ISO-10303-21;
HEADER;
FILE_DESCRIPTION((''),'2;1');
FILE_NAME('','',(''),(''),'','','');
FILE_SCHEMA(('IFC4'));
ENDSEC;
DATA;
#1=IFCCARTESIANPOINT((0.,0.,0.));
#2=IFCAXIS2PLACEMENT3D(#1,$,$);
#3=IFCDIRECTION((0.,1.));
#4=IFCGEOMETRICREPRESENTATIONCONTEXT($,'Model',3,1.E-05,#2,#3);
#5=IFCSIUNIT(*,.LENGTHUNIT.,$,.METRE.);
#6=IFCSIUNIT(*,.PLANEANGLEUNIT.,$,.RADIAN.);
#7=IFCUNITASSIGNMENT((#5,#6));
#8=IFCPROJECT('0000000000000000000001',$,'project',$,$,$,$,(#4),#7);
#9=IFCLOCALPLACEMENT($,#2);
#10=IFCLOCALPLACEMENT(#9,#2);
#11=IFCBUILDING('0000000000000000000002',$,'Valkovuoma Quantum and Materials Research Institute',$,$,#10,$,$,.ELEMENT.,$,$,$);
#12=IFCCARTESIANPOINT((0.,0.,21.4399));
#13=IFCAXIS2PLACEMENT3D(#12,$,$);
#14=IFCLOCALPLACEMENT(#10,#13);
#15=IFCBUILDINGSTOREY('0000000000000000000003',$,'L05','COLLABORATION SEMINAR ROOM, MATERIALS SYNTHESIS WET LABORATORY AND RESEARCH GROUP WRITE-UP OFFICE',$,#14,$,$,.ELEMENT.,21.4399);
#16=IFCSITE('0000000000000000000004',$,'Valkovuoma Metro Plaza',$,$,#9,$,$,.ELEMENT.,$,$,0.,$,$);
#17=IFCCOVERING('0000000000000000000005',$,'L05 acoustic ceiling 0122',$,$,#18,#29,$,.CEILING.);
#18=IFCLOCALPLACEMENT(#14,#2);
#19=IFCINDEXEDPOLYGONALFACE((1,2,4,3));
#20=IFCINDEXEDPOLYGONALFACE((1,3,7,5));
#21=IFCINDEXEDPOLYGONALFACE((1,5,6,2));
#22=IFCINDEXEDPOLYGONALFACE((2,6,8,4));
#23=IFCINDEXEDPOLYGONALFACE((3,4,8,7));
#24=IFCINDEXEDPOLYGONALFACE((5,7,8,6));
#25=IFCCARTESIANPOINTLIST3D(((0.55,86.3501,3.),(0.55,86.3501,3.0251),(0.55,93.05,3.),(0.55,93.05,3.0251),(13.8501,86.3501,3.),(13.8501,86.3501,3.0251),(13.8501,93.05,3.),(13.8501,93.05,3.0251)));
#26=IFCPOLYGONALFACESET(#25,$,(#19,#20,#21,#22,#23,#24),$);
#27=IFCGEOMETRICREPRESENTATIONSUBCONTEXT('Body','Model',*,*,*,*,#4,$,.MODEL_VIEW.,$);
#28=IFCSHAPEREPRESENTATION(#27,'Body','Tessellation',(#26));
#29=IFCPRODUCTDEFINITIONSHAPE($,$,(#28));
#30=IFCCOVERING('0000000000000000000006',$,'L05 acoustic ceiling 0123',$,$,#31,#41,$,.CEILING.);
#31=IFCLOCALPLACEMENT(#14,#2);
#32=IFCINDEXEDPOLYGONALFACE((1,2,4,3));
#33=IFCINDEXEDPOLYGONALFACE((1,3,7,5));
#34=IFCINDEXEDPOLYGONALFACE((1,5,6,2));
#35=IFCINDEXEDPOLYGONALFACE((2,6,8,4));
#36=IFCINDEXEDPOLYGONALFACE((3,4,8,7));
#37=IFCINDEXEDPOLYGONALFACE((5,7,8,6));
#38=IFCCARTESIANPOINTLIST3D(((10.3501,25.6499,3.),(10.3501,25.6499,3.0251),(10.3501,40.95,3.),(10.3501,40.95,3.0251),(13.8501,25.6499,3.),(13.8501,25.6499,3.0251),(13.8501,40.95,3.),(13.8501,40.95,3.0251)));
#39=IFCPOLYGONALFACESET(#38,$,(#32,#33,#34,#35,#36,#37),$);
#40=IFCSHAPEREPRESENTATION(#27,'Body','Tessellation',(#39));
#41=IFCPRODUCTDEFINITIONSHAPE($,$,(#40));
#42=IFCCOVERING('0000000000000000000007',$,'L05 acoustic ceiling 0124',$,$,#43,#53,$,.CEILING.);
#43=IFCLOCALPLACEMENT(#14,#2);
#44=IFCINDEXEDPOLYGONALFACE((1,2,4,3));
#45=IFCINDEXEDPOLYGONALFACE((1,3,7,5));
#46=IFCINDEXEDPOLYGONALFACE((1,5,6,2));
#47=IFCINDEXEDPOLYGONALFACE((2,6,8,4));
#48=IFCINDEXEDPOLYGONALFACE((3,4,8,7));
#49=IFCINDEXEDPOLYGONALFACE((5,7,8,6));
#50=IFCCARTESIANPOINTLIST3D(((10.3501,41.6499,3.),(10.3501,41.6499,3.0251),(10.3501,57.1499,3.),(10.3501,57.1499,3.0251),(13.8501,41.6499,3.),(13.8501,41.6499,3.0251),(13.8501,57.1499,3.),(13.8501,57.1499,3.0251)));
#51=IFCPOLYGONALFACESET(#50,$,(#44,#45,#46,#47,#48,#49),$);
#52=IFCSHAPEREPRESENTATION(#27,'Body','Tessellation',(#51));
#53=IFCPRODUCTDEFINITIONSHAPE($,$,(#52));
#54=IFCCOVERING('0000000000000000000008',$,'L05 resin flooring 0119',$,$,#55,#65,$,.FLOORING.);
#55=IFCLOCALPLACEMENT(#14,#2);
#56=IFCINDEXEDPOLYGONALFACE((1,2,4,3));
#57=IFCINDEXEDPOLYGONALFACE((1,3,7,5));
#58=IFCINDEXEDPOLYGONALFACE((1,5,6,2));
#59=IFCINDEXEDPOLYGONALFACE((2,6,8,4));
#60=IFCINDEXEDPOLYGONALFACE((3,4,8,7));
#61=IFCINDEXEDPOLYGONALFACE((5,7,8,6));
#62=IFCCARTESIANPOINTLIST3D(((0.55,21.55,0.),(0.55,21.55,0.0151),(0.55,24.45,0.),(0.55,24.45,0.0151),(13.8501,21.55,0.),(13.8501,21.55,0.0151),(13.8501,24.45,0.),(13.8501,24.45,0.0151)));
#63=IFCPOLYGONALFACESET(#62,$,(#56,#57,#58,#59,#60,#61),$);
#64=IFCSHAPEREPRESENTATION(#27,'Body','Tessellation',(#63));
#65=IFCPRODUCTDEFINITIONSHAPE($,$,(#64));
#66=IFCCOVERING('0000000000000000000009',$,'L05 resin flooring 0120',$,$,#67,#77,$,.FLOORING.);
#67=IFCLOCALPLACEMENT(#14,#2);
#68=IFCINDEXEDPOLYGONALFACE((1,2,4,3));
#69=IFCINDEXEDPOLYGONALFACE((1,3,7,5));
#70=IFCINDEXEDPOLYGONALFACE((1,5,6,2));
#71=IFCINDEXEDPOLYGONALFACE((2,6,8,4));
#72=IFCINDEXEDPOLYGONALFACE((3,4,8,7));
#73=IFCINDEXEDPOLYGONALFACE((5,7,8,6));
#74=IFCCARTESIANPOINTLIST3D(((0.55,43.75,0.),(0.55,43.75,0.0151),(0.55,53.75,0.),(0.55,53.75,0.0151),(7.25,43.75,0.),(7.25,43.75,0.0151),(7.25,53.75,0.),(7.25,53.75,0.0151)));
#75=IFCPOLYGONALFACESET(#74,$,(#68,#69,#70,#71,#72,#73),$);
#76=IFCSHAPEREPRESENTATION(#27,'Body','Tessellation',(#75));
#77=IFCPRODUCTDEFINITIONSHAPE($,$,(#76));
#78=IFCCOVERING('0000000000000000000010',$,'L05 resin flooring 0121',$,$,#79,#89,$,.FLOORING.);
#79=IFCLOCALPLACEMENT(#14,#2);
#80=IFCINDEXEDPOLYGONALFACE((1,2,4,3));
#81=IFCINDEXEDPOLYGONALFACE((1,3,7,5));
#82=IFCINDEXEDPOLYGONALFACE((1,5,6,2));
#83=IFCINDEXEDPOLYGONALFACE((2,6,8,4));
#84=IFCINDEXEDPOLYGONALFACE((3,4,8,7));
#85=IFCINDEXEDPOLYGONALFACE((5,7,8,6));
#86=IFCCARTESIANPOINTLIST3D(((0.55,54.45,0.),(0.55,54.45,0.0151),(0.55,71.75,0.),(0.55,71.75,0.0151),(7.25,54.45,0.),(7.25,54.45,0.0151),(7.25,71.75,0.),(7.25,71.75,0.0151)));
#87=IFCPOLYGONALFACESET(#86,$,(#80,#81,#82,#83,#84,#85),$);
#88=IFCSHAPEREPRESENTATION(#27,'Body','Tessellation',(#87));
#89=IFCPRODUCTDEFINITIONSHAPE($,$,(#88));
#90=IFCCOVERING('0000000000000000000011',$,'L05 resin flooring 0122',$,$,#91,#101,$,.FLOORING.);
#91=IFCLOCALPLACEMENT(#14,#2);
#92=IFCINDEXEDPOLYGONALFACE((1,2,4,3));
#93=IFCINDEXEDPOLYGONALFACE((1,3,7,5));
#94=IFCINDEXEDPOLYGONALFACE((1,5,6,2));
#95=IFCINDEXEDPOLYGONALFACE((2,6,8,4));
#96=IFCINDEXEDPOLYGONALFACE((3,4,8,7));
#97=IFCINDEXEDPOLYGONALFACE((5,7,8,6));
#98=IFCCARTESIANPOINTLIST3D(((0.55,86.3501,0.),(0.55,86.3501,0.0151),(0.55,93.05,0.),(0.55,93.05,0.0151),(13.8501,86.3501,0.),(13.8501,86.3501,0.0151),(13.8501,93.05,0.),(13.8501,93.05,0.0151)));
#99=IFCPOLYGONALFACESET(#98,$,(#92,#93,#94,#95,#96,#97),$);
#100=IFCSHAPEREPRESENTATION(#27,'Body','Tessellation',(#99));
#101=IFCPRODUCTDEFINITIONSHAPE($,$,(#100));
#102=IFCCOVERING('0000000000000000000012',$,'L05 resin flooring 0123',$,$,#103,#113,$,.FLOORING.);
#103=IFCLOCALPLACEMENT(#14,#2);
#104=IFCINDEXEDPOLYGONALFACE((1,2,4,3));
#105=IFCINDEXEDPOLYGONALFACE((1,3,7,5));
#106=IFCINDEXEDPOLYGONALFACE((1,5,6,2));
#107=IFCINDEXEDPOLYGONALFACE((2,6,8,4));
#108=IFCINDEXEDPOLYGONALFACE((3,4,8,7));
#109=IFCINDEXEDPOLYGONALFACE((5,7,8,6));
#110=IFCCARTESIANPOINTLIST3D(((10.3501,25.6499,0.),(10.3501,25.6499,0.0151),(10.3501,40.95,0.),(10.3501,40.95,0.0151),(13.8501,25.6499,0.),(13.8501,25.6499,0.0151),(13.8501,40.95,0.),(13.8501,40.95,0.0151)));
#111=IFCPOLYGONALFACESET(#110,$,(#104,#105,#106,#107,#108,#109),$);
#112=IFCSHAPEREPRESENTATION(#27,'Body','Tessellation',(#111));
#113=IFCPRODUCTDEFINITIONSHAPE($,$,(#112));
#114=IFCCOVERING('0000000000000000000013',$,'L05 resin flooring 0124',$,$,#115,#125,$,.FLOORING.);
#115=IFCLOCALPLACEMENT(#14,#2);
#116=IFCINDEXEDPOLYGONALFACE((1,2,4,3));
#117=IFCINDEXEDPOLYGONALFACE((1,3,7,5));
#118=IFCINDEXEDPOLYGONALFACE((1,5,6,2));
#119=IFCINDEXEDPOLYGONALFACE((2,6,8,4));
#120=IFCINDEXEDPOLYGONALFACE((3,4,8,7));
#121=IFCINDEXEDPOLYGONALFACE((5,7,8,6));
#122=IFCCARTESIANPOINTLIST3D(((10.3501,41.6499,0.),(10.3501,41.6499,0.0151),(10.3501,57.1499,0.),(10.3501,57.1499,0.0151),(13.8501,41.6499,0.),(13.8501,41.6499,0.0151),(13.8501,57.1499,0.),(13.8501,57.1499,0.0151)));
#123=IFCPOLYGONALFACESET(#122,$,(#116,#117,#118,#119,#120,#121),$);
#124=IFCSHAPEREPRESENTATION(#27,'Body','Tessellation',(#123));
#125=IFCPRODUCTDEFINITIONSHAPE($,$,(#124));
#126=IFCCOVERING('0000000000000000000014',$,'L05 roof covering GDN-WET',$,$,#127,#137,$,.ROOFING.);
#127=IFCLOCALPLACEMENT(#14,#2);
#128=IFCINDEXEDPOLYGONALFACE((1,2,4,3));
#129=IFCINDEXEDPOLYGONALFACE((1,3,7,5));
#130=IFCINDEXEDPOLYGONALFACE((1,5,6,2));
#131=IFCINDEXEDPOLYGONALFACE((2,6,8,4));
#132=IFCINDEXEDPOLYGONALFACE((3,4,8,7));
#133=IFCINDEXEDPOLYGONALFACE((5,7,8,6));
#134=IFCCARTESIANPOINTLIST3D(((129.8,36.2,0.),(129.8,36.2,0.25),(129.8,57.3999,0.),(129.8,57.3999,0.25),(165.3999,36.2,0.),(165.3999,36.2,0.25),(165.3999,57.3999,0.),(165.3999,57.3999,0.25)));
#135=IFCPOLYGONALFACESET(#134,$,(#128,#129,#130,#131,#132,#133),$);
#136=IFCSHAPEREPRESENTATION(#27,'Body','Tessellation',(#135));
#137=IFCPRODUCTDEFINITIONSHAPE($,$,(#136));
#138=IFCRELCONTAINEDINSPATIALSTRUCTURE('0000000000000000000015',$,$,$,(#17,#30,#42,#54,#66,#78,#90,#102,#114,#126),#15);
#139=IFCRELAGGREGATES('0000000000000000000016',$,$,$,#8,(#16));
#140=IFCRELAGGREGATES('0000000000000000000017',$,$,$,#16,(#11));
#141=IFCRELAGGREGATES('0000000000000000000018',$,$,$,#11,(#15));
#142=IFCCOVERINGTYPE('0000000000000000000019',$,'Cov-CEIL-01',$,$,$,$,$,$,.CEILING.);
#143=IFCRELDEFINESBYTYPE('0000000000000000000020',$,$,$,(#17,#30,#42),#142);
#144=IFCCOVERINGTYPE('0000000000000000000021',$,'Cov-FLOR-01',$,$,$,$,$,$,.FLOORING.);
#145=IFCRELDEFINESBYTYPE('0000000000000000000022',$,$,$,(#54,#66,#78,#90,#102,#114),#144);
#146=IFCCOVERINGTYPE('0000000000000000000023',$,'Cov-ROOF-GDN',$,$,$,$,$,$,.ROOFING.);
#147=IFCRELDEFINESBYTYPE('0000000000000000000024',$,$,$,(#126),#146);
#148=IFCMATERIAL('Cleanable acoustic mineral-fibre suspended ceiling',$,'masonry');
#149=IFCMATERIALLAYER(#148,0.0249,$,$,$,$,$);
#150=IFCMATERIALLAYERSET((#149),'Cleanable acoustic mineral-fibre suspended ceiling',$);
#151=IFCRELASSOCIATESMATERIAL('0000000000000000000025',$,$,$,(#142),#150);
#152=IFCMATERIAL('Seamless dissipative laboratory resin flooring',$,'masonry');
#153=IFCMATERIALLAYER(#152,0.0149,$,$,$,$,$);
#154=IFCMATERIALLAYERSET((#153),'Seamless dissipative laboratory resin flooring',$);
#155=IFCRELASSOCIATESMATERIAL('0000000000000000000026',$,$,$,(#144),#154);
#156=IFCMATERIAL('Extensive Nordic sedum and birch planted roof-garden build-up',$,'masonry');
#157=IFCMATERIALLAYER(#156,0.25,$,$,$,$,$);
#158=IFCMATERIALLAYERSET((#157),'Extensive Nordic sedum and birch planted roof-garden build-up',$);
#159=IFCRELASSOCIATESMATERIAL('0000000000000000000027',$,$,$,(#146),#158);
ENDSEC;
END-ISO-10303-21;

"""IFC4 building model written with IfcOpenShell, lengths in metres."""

from ifc_helpers import new_model, si_unit, direction, frame, origin, place, context, subcontext, project, spatial, polyline, outline, extrude, material, layer, layer_set, type_object, element, save


model = new_model("IFC4")

# Units and contexts
model_context = context("Model", 3, precision=1e-05, world=origin(), true_north=direction((0.0, 1.0)))
body_context = subcontext(model_context, "Body", "Model", "MODEL_VIEW")
ifc_project = project(units=[si_unit("LENGTHUNIT", "METRE"), si_unit("PLANEANGLEUNIT", "RADIAN")], contexts=[model_context])

# Site, building, storey
site_placement = place(None, origin())
site = spatial("IfcSite", under=ifc_project, at=site_placement, Name="Valkovuoma Metro Plaza", CompositionType="ELEMENT", RefElevation=0.0)
building_placement = place(site_placement, origin())
building = spatial("IfcBuilding", under=site, at=building_placement, Name="Valkovuoma Quantum and Materials Research Institute", CompositionType="ELEMENT")
storey_placement = place(building_placement, frame((0.0, 0.0, 21.4399)))
storey = spatial("IfcBuildingStorey", under=building, at=storey_placement, Name="L05", Description="COLLABORATION SEMINAR ROOM, MATERIALS SYNTHESIS WET LABORATORY AND RESEARCH GROUP WRITE-UP OFFICE", CompositionType="ELEMENT", Elevation=21.4399)

# Coverings
ifc_material_1 = material(Name="Cleanable acoustic mineral-fibre suspended ceiling", Category="masonry")
ifc_layer_1 = layer(ifc_material_1, 0.0249)
ifc_layer_set_1 = layer_set([ifc_layer_1], Name="Cleanable acoustic mineral-fibre suspended ceiling")
covering_type_1 = type_object("IfcCoveringType", Name="Cov-CEIL-01", PredefinedType="CEILING", material=ifc_layer_set_1)
covering_1_placement = place(storey_placement, frame((0.0, 0.0, 3.0)))
element("IfcCovering", 1, at=covering_1_placement, inside=storey, type_object=covering_type_1, Name="L05 acoustic ceiling 0122", PredefinedType="CEILING", context=body_context, shape_type="SweptSolid", body=[
    extrude(outline(polyline([(0.55, 86.3501), (13.8501, 86.3501), (13.8501, 93.05), (0.55, 93.05), (0.55, 86.3501)])), origin(), (0.0, 0.0, 1.0), 0.0251),
])
covering_2_placement = place(storey_placement, frame((0.0, 0.0, 3.0)))
element("IfcCovering", 2, at=covering_2_placement, inside=storey, type_object=covering_type_1, Name="L05 acoustic ceiling 0123", PredefinedType="CEILING", context=body_context, shape_type="SweptSolid", body=[
    extrude(outline(polyline([(10.3501, 25.6499), (13.8501, 25.6499), (13.8501, 40.95), (10.3501, 40.95), (10.3501, 25.6499)])), origin(), (0.0, 0.0, 1.0), 0.0251),
])
covering_3_placement = place(storey_placement, frame((0.0, 0.0, 3.0)))
element("IfcCovering", 3, at=covering_3_placement, inside=storey, type_object=covering_type_1, Name="L05 acoustic ceiling 0124", PredefinedType="CEILING", context=body_context, shape_type="SweptSolid", body=[
    extrude(outline(polyline([(10.3501, 41.6499), (13.8501, 41.6499), (13.8501, 57.1499), (10.3501, 57.1499), (10.3501, 41.6499)])), origin(), (0.0, 0.0, 1.0), 0.0251),
])
ifc_material_2 = material(Name="Seamless dissipative laboratory resin flooring", Category="masonry")
ifc_layer_2 = layer(ifc_material_2, 0.0149)
ifc_layer_set_2 = layer_set([ifc_layer_2], Name="Seamless dissipative laboratory resin flooring")
covering_type_2 = type_object("IfcCoveringType", Name="Cov-FLOR-01", PredefinedType="FLOORING", material=ifc_layer_set_2)
covering_4_placement = place(storey_placement, origin())
element("IfcCovering", 4, at=covering_4_placement, inside=storey, type_object=covering_type_2, Name="L05 resin flooring 0119", PredefinedType="FLOORING", context=body_context, shape_type="SweptSolid", body=[
    extrude(outline(polyline([(0.55, 21.55), (13.8501, 21.55), (13.8501, 24.45), (0.55, 24.45), (0.55, 21.55)])), origin(), (0.0, 0.0, 1.0), 0.0151),
])
covering_5_placement = place(storey_placement, origin())
element("IfcCovering", 5, at=covering_5_placement, inside=storey, type_object=covering_type_2, Name="L05 resin flooring 0120", PredefinedType="FLOORING", context=body_context, shape_type="SweptSolid", body=[
    extrude(outline(polyline([(0.55, 43.75), (7.25, 43.75), (7.25, 53.75), (0.55, 53.75), (0.55, 43.75)])), origin(), (0.0, 0.0, 1.0), 0.0151),
])
covering_6_placement = place(storey_placement, origin())
element("IfcCovering", 6, at=covering_6_placement, inside=storey, type_object=covering_type_2, Name="L05 resin flooring 0121", PredefinedType="FLOORING", context=body_context, shape_type="SweptSolid", body=[
    extrude(outline(polyline([(0.55, 54.45), (7.25, 54.45), (7.25, 71.75), (0.55, 71.75), (0.55, 54.45)])), origin(), (0.0, 0.0, 1.0), 0.0151),
])
covering_7_placement = place(storey_placement, origin())
element("IfcCovering", 7, at=covering_7_placement, inside=storey, type_object=covering_type_2, Name="L05 resin flooring 0122", PredefinedType="FLOORING", context=body_context, shape_type="SweptSolid", body=[
    extrude(outline(polyline([(0.55, 86.3501), (13.8501, 86.3501), (13.8501, 93.05), (0.55, 93.05), (0.55, 86.3501)])), origin(), (0.0, 0.0, 1.0), 0.0151),
])
covering_8_placement = place(storey_placement, origin())
element("IfcCovering", 8, at=covering_8_placement, inside=storey, type_object=covering_type_2, Name="L05 resin flooring 0123", PredefinedType="FLOORING", context=body_context, shape_type="SweptSolid", body=[
    extrude(outline(polyline([(10.3501, 25.6499), (13.8501, 25.6499), (13.8501, 40.95), (10.3501, 40.95), (10.3501, 25.6499)])), origin(), (0.0, 0.0, 1.0), 0.0151),
])
covering_9_placement = place(storey_placement, origin())
element("IfcCovering", 9, at=covering_9_placement, inside=storey, type_object=covering_type_2, Name="L05 resin flooring 0124", PredefinedType="FLOORING", context=body_context, shape_type="SweptSolid", body=[
    extrude(outline(polyline([(10.3501, 41.6499), (13.8501, 41.6499), (13.8501, 57.1499), (10.3501, 57.1499), (10.3501, 41.6499)])), origin(), (0.0, 0.0, 1.0), 0.0151),
])
ifc_material_3 = material(Name="Extensive Nordic sedum and birch planted roof-garden build-up", Category="masonry")
ifc_layer_3 = layer(ifc_material_3, 0.25)
ifc_layer_set_3 = layer_set([ifc_layer_3], Name="Extensive Nordic sedum and birch planted roof-garden build-up")
covering_type_3 = type_object("IfcCoveringType", Name="Cov-ROOF-GDN", PredefinedType="ROOFING", material=ifc_layer_set_3)
covering_10_placement = place(storey_placement, origin())
element("IfcCovering", 10, at=covering_10_placement, inside=storey, type_object=covering_type_3, Name="L05 roof covering GDN-WET", PredefinedType="ROOFING", context=body_context, shape_type="SweptSolid", body=[
    extrude(outline(polyline([(129.8, 36.2), (165.3999, 36.2), (165.3999, 57.3999), (129.8, 57.3999), (129.8, 36.2)])), origin(), (0.0, 0.0, 1.0), 0.25),
])

save(model, "model.ifc")
